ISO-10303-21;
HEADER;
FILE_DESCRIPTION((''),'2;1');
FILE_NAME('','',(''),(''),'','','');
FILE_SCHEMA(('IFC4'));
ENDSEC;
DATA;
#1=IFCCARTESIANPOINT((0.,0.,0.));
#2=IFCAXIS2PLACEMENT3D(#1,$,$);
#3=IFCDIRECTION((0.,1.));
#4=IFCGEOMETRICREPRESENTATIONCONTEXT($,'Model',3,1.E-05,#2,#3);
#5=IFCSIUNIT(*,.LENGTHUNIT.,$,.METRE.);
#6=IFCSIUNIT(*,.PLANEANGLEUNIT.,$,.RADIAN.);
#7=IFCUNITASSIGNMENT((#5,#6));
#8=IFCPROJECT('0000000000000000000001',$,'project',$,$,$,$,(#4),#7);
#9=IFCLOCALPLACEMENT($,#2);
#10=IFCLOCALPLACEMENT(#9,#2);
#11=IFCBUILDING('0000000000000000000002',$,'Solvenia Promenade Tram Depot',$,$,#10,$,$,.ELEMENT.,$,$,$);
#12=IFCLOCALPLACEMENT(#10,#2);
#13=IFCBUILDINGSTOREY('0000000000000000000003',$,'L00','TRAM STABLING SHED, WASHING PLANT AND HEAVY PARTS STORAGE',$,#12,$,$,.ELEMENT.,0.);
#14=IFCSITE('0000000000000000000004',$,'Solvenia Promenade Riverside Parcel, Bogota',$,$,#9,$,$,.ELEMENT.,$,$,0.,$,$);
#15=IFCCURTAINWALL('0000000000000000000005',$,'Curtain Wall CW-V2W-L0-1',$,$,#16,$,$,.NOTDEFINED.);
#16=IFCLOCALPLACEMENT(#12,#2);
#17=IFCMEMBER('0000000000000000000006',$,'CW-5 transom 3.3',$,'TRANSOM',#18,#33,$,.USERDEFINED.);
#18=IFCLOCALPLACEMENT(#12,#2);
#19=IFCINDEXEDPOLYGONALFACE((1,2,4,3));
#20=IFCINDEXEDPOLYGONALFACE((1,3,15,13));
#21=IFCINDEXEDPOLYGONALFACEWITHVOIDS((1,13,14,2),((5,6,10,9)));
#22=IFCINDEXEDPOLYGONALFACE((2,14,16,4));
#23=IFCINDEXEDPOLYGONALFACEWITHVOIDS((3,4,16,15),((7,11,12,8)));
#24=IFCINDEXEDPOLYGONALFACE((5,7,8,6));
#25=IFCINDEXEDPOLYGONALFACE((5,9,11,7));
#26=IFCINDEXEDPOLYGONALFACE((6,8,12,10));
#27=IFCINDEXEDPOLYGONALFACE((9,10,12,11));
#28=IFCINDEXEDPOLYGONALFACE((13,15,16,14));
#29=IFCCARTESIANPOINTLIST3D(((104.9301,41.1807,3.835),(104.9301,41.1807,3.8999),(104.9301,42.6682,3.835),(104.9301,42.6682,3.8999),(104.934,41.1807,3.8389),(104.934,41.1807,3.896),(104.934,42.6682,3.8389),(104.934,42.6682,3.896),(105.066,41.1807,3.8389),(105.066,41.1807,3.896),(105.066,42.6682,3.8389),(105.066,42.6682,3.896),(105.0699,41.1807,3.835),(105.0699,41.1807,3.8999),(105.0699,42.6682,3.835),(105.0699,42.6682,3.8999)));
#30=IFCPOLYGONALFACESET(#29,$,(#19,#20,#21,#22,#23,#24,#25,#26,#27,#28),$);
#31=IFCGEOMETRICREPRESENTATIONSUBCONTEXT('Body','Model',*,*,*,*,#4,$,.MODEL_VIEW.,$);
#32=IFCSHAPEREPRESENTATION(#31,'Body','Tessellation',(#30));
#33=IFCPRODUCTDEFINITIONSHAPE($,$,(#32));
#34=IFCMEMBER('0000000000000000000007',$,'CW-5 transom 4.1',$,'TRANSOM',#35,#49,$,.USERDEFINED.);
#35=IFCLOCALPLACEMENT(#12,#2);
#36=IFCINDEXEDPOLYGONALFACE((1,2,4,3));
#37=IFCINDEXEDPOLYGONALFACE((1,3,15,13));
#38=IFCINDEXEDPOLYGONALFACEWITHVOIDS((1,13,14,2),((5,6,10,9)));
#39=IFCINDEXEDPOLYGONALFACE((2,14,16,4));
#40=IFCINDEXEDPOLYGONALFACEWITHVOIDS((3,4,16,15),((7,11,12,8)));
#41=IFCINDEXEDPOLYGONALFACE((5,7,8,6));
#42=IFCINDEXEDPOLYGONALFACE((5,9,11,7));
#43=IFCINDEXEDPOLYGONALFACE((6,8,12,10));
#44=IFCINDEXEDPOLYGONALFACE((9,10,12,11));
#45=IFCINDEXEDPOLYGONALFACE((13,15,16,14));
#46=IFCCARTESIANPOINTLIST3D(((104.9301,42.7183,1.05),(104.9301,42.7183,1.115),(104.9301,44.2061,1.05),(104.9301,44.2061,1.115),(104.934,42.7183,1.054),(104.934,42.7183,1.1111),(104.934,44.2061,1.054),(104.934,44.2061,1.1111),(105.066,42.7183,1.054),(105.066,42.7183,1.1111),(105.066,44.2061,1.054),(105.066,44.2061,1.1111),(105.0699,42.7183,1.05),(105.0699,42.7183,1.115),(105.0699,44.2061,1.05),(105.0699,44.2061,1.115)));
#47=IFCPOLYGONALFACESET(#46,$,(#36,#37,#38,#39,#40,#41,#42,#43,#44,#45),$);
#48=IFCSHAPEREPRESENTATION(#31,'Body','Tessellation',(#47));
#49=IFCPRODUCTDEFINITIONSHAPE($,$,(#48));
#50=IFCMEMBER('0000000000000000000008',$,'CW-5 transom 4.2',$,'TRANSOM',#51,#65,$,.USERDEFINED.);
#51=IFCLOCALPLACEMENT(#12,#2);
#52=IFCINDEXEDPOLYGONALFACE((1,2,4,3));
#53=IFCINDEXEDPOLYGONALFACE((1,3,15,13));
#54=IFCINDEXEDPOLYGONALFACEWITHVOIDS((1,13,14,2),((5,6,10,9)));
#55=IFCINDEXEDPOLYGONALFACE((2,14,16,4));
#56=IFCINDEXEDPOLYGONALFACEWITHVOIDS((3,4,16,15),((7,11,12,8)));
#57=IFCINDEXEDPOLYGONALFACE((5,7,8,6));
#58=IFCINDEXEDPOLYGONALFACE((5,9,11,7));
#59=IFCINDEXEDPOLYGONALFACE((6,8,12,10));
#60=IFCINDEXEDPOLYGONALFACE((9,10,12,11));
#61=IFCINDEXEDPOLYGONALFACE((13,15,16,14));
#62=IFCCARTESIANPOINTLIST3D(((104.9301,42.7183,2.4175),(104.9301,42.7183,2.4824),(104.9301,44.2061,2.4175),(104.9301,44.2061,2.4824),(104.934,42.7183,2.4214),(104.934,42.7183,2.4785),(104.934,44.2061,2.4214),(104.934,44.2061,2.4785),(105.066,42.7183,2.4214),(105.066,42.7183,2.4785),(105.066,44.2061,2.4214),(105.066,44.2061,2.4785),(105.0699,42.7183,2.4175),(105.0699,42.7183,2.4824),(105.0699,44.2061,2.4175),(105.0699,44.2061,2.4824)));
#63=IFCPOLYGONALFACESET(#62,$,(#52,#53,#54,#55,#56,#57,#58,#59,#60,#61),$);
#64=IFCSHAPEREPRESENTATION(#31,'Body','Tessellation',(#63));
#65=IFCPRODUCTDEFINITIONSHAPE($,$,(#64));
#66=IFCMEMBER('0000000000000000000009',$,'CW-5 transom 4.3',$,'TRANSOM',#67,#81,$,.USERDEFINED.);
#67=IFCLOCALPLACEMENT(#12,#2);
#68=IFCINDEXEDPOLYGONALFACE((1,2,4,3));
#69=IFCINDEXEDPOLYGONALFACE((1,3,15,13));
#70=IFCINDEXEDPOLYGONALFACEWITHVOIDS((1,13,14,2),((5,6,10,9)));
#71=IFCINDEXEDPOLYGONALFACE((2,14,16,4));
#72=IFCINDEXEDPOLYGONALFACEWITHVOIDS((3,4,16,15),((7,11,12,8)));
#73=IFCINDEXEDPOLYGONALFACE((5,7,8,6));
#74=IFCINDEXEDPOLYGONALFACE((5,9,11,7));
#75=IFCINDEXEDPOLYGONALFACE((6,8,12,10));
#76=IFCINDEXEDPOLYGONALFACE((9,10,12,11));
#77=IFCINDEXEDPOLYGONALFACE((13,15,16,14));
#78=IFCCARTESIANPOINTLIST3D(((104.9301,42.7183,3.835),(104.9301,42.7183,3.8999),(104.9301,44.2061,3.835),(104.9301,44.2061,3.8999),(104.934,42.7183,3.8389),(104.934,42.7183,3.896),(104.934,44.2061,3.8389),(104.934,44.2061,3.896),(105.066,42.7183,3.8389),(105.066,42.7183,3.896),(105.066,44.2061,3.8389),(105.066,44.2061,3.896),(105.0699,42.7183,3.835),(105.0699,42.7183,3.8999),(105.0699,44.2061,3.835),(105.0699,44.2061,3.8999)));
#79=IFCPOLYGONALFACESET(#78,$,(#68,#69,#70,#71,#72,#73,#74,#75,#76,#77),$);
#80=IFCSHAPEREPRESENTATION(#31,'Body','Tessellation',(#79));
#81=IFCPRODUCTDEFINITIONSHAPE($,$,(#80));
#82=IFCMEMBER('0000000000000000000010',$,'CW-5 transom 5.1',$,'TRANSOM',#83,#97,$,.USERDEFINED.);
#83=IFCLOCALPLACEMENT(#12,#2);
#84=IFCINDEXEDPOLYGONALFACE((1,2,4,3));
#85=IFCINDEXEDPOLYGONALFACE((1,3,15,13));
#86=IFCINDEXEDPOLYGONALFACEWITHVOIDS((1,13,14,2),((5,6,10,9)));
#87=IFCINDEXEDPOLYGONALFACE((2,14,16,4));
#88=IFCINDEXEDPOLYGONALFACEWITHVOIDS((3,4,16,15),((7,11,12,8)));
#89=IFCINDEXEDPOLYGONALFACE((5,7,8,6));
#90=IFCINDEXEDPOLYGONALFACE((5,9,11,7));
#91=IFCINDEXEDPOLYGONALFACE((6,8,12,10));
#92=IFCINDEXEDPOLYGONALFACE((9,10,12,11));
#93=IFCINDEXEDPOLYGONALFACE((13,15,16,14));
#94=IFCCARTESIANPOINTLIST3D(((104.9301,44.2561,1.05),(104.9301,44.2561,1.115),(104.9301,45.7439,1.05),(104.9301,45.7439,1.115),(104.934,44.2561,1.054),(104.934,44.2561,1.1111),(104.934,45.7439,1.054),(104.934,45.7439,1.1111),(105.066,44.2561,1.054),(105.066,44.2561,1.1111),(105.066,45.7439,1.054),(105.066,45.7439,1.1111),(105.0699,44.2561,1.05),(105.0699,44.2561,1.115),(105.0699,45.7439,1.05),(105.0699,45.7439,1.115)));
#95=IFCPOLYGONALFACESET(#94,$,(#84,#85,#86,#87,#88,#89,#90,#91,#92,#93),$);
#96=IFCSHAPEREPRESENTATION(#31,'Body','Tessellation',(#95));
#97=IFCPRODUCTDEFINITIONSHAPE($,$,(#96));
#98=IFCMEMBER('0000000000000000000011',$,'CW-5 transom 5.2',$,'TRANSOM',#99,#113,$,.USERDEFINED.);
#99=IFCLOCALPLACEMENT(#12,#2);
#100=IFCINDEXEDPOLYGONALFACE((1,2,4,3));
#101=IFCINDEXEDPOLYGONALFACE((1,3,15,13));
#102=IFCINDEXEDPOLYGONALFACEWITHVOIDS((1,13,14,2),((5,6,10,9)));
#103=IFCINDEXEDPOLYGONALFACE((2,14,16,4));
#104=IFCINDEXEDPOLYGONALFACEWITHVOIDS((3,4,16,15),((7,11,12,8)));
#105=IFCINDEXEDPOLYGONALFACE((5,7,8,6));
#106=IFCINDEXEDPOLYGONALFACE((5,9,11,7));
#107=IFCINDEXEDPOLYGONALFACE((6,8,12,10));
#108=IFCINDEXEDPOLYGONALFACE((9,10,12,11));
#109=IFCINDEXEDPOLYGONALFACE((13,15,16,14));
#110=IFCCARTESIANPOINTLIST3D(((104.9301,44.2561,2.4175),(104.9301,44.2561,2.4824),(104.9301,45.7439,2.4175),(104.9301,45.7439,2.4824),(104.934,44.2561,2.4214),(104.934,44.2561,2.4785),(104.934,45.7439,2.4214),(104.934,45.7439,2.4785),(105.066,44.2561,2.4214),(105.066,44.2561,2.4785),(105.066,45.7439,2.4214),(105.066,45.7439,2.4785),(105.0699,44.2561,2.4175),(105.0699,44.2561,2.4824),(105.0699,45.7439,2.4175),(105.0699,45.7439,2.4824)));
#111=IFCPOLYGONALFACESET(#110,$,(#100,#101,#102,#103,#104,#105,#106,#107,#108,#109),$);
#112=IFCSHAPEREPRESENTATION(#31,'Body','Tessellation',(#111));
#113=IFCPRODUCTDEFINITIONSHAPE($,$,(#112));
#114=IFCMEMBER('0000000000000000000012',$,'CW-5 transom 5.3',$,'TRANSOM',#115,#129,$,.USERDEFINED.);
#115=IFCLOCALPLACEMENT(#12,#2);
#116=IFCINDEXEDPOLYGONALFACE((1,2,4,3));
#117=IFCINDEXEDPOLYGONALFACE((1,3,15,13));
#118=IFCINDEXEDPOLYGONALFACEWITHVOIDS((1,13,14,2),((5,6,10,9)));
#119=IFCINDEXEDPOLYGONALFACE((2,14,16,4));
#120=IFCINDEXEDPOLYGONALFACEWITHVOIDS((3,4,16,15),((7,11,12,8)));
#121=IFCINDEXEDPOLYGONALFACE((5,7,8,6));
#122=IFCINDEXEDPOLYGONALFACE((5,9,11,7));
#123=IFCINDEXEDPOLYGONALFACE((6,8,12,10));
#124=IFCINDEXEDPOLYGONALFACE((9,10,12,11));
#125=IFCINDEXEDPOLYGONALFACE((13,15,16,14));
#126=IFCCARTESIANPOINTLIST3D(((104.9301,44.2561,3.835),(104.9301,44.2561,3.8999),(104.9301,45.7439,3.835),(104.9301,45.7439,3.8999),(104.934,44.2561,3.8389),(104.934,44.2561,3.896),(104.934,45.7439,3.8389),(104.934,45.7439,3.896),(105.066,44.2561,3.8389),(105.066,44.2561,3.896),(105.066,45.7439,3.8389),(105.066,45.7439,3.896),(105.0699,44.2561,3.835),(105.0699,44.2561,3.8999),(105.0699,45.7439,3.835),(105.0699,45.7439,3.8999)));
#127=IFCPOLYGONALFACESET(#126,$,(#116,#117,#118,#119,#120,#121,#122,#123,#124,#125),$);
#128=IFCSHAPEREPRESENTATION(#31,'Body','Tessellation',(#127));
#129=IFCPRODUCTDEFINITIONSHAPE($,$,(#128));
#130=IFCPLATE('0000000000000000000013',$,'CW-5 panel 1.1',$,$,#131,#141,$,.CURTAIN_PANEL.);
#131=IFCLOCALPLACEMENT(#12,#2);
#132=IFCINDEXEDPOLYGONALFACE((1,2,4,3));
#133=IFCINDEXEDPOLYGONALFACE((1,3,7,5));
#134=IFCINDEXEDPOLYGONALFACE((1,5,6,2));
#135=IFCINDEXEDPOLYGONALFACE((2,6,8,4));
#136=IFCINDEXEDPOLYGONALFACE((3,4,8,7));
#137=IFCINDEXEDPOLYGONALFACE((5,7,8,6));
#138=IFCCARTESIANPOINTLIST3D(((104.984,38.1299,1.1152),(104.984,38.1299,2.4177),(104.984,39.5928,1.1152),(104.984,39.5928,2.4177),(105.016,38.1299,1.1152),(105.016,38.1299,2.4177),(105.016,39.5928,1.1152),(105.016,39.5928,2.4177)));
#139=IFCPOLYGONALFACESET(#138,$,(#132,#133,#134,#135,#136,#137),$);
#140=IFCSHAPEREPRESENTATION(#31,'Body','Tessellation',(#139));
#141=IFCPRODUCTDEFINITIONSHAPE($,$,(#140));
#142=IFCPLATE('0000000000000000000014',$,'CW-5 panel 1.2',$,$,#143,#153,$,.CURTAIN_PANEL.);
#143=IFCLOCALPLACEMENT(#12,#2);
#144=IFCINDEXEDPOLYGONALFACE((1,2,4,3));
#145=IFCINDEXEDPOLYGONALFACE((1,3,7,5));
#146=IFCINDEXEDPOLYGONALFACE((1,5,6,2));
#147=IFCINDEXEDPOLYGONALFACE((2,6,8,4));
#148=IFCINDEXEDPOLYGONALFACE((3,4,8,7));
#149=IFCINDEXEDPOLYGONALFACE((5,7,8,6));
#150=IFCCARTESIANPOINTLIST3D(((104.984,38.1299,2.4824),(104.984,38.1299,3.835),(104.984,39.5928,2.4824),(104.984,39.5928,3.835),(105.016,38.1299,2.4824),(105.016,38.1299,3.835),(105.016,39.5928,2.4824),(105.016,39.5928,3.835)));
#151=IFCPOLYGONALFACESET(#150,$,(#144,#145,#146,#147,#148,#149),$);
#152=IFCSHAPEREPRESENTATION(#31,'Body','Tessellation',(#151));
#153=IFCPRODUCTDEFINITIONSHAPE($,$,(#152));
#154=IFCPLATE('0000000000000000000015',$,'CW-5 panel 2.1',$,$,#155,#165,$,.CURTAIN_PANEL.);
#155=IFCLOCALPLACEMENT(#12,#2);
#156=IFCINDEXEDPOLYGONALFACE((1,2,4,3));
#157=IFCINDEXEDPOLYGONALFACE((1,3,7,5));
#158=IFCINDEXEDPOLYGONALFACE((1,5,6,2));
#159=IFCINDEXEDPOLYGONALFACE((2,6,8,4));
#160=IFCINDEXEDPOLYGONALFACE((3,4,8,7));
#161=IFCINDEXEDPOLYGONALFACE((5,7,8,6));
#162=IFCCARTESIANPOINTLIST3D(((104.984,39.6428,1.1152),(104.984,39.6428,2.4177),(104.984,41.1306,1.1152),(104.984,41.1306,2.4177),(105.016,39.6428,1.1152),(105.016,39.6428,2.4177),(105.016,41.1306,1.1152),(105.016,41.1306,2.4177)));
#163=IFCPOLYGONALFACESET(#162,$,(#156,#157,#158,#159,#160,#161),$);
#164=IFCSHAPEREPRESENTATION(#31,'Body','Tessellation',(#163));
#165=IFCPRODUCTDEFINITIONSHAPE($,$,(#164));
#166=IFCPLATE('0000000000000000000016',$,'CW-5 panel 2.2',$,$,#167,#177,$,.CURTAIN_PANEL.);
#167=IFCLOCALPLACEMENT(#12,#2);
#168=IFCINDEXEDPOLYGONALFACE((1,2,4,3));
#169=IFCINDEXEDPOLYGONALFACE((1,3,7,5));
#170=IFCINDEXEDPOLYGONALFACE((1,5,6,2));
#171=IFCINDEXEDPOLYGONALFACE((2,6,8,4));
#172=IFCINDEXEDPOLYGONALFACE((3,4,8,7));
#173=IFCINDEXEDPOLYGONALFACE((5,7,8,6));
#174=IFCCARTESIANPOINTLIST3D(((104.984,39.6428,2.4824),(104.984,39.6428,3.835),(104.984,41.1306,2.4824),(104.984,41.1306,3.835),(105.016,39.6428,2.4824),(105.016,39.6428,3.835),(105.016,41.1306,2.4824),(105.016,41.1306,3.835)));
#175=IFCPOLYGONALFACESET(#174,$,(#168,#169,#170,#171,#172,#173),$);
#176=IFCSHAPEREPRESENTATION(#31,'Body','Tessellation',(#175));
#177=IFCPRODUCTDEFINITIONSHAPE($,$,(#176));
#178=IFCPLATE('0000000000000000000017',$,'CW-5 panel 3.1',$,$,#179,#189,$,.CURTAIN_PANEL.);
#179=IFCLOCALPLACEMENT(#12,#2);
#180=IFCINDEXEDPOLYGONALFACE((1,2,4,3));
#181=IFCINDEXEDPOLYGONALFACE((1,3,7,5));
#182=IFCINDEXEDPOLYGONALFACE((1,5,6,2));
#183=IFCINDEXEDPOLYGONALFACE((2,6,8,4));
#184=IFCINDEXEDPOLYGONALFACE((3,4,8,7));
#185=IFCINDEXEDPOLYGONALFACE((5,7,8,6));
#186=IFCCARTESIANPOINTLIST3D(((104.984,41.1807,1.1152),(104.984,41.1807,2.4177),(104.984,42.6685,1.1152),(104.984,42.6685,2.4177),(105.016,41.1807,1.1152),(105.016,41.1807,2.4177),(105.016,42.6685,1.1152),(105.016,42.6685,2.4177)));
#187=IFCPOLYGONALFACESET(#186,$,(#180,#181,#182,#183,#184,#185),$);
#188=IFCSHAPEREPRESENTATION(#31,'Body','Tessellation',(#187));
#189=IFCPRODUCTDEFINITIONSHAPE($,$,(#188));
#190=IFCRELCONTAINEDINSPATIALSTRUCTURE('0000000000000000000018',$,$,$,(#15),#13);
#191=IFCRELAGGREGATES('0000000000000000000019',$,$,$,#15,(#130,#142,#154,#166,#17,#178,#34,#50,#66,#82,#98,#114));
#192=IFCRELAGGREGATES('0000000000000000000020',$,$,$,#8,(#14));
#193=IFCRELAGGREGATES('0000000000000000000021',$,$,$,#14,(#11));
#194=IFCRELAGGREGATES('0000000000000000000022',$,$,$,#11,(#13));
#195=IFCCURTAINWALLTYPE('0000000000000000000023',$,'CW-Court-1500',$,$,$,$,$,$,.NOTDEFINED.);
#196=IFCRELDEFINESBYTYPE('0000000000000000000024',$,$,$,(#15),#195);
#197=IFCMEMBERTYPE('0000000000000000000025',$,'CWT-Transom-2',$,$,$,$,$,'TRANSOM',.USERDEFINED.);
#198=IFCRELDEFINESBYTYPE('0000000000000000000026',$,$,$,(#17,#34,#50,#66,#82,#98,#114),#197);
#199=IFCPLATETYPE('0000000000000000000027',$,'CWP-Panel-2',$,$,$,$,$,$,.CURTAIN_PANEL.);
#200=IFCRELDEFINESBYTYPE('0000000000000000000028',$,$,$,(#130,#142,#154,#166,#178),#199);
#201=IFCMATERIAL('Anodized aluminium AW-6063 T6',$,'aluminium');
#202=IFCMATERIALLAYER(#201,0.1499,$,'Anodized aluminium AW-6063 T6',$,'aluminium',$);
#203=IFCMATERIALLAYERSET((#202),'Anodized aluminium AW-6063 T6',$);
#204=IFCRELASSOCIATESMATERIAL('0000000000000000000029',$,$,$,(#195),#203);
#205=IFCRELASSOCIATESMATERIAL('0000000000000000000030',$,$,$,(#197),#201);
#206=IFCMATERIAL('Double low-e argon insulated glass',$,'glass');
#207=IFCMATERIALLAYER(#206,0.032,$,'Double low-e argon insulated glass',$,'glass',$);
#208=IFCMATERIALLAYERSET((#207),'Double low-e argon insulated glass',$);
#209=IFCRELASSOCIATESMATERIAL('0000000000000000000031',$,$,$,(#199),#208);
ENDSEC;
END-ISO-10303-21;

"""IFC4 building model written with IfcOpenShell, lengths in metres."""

from ifc_helpers import new_model, si_unit, direction, frame, origin, origin_2d, place, context, subcontext, project, spatial, rectangle, hollow_rectangle, extrude, material, layer, layer_set, material_profile, profile_set, type_object, element, aggregate, save


model = new_model("IFC4")

# Units and contexts
model_context = context("Model", 3, precision=1e-05, world=origin(), true_north=direction((0.0, 1.0)))
body_context = subcontext(model_context, "Body", "Model", "MODEL_VIEW")
ifc_project = project(units=[si_unit("LENGTHUNIT", "METRE"), si_unit("PLANEANGLEUNIT", "RADIAN")], contexts=[model_context])

# Site, building, storey
site_placement = place(None, origin())
site = spatial("IfcSite", under=ifc_project, at=site_placement, Name="Solvenia Promenade Riverside Parcel, Bogota", CompositionType="ELEMENT", RefElevation=0.0)
building_placement = place(site_placement, origin())
building = spatial("IfcBuilding", under=site, at=building_placement, Name="Solvenia Promenade Tram Depot", CompositionType="ELEMENT")
storey_placement = place(building_placement, origin())
storey = spatial("IfcBuildingStorey", under=building, at=storey_placement, Name="L00", Description="TRAM STABLING SHED, WASHING PLANT AND HEAVY PARTS STORAGE", CompositionType="ELEMENT", Elevation=0.0)

# Curtain wall, members, plates
ifc_material_1 = material(Name="Anodized aluminium AW-6063 T6", Category="aluminium")
ifc_layer_1 = layer(ifc_material_1, 0.1499, Name="Anodized aluminium AW-6063 T6", Category="aluminium")
ifc_layer_set_1 = layer_set([ifc_layer_1], Name="Anodized aluminium AW-6063 T6")
curtain_wall_type = type_object("IfcCurtainWallType", Name="CW-Court-1500", PredefinedType="NOTDEFINED", material=ifc_layer_set_1)
curtain_wall_placement = place(storey_placement, origin())
curtain_wall = element("IfcCurtainWall", 1, at=curtain_wall_placement, inside=storey, type_object=curtain_wall_type, Name="Curtain Wall CW-V2W-L0-1", PredefinedType="NOTDEFINED")
ifc_material_profile_1 = material_profile(ifc_material_1, hollow_rectangle(XDim=0.1399, YDim=0.0649, WallThickness=0.0039, at=origin_2d()), Name="ALU-T2", Category="aluminium")
ifc_profile_set_1 = profile_set([ifc_material_profile_1], Name="Anodized aluminium AW-6063 T6")
member_type_1 = type_object("IfcMemberType", Name="CWT-Transom-2", ElementType="TRANSOM", PredefinedType="USERDEFINED", material=ifc_profile_set_1)
member_1_placement = place(storey_placement, frame((105.0, 41.1807, 3.8674), z_axis=(0.0, 1.0, 0.0), x_axis=(-1.0, 0.0, 0.0)))
member_1 = element("IfcMember", 2, at=member_1_placement, type_object=member_type_1, Name="CW-5 transom 3.3", ObjectType="TRANSOM", PredefinedType="USERDEFINED", context=body_context, shape_type="SweptSolid", body=[
    extrude(hollow_rectangle(XDim=0.1399, YDim=0.0649, WallThickness=0.0039, at=origin_2d()), origin(), (0.0, 0.0, 1.0), 1.4875),
])
member_2_placement = place(storey_placement, frame((105.0, 42.7183, 1.0825), z_axis=(0.0, 1.0, 0.0), x_axis=(-1.0, 0.0, 0.0)))
member_2 = element("IfcMember", 3, at=member_2_placement, type_object=member_type_1, Name="CW-5 transom 4.1", ObjectType="TRANSOM", PredefinedType="USERDEFINED", context=body_context, shape_type="SweptSolid", body=[
    extrude(hollow_rectangle(XDim=0.1399, YDim=0.0649, WallThickness=0.0039, at=origin_2d()), origin(), (0.0, 0.0, 1.0), 1.4878),
])
member_3_placement = place(storey_placement, frame((105.0, 42.7183, 2.45), z_axis=(0.0, 1.0, 0.0), x_axis=(-1.0, 0.0, 0.0)))
member_3 = element("IfcMember", 4, at=member_3_placement, type_object=member_type_1, Name="CW-5 transom 4.2", ObjectType="TRANSOM", PredefinedType="USERDEFINED", context=body_context, shape_type="SweptSolid", body=[
    extrude(hollow_rectangle(XDim=0.1399, YDim=0.0649, WallThickness=0.0039, at=origin_2d()), origin(), (0.0, 0.0, 1.0), 1.4878),
])
member_4_placement = place(storey_placement, frame((105.0, 42.7183, 3.8674), z_axis=(0.0, 1.0, 0.0), x_axis=(-1.0, 0.0, 0.0)))
member_4 = element("IfcMember", 5, at=member_4_placement, type_object=member_type_1, Name="CW-5 transom 4.3", ObjectType="TRANSOM", PredefinedType="USERDEFINED", context=body_context, shape_type="SweptSolid", body=[
    extrude(hollow_rectangle(XDim=0.1399, YDim=0.0649, WallThickness=0.0039, at=origin_2d()), origin(), (0.0, 0.0, 1.0), 1.4878),
])
member_5_placement = place(storey_placement, frame((105.0, 44.2561, 1.0825), z_axis=(0.0, 1.0, 0.0), x_axis=(-1.0, 0.0, 0.0)))
member_5 = element("IfcMember", 6, at=member_5_placement, type_object=member_type_1, Name="CW-5 transom 5.1", ObjectType="TRANSOM", PredefinedType="USERDEFINED", context=body_context, shape_type="SweptSolid", body=[
    extrude(hollow_rectangle(XDim=0.1399, YDim=0.0649, WallThickness=0.0039, at=origin_2d()), origin(), (0.0, 0.0, 1.0), 1.4878),
])
member_6_placement = place(storey_placement, frame((105.0, 44.2561, 2.45), z_axis=(0.0, 1.0, 0.0), x_axis=(-1.0, 0.0, 0.0)))
member_6 = element("IfcMember", 7, at=member_6_placement, type_object=member_type_1, Name="CW-5 transom 5.2", ObjectType="TRANSOM", PredefinedType="USERDEFINED", context=body_context, shape_type="SweptSolid", body=[
    extrude(hollow_rectangle(XDim=0.1399, YDim=0.0649, WallThickness=0.0039, at=origin_2d()), origin(), (0.0, 0.0, 1.0), 1.4878),
])
member_7_placement = place(storey_placement, frame((105.0, 44.2561, 3.8674), z_axis=(0.0, 1.0, 0.0), x_axis=(-1.0, 0.0, 0.0)))
member_7 = element("IfcMember", 8, at=member_7_placement, type_object=member_type_1, Name="CW-5 transom 5.3", ObjectType="TRANSOM", PredefinedType="USERDEFINED", context=body_context, shape_type="SweptSolid", body=[
    extrude(hollow_rectangle(XDim=0.1399, YDim=0.0649, WallThickness=0.0039, at=origin_2d()), origin(), (0.0, 0.0, 1.0), 1.4878),
])
ifc_material_2 = material(Name="Double low-e argon insulated glass", Category="glass")
ifc_layer_2 = layer(ifc_material_2, 0.032, Name="Double low-e argon insulated glass", Category="glass")
ifc_layer_set_2 = layer_set([ifc_layer_2], Name="Double low-e argon insulated glass")
plate_type = type_object("IfcPlateType", Name="CWP-Panel-2", PredefinedType="CURTAIN_PANEL", material=ifc_layer_set_2)
plate_1_placement = place(storey_placement, frame((105.0, 38.8613, 1.1152), z_axis=(0.0, 0.0, 1.0), x_axis=(0.0, 1.0, 0.0)))
plate_1 = element("IfcPlate", 9, at=plate_1_placement, type_object=plate_type, Name="CW-5 panel 1.1", PredefinedType="CURTAIN_PANEL", context=body_context, shape_type="SweptSolid", body=[
    extrude(rectangle(XDim=1.4629, YDim=0.032, at=origin_2d()), origin(), (0.0, 0.0, 1.0), 1.3025),
])
plate_2_placement = place(storey_placement, frame((105.0, 38.8613, 2.4824), z_axis=(0.0, 0.0, 1.0), x_axis=(0.0, 1.0, 0.0)))
plate_2 = element("IfcPlate", 10, at=plate_2_placement, type_object=plate_type, Name="CW-5 panel 1.2", PredefinedType="CURTAIN_PANEL", context=body_context, shape_type="SweptSolid", body=[
    extrude(rectangle(XDim=1.4629, YDim=0.032, at=origin_2d()), origin(), (0.0, 0.0, 1.0), 1.3525),
])
plate_3_placement = place(storey_placement, frame((105.0, 40.3867, 1.1152), z_axis=(0.0, 0.0, 1.0), x_axis=(0.0, 1.0, 0.0)))
plate_3 = element("IfcPlate", 11, at=plate_3_placement, type_object=plate_type, Name="CW-5 panel 2.1", PredefinedType="CURTAIN_PANEL", context=body_context, shape_type="SweptSolid", body=[
    extrude(rectangle(XDim=1.4878, YDim=0.032, at=origin_2d()), origin(), (0.0, 0.0, 1.0), 1.3025),
])
plate_4_placement = place(storey_placement, frame((105.0, 40.3867, 2.4824), z_axis=(0.0, 0.0, 1.0), x_axis=(0.0, 1.0, 0.0)))
plate_4 = element("IfcPlate", 12, at=plate_4_placement, type_object=plate_type, Name="CW-5 panel 2.2", PredefinedType="CURTAIN_PANEL", context=body_context, shape_type="SweptSolid", body=[
    extrude(rectangle(XDim=1.4878, YDim=0.032, at=origin_2d()), origin(), (0.0, 0.0, 1.0), 1.3525),
])
plate_5_placement = place(storey_placement, frame((105.0, 41.9246, 1.1152), z_axis=(0.0, 0.0, 1.0), x_axis=(0.0, 1.0, 0.0)))
plate_5 = element("IfcPlate", 13, at=plate_5_placement, type_object=plate_type, Name="CW-5 panel 3.1", PredefinedType="CURTAIN_PANEL", context=body_context, shape_type="SweptSolid", body=[
    extrude(rectangle(XDim=1.4878, YDim=0.032, at=origin_2d()), origin(), (0.0, 0.0, 1.0), 1.3025),
])
aggregate(curtain_wall, [plate_1, plate_2, plate_3, plate_4, member_1, plate_5, member_2, member_3, member_4, member_5, member_6, member_7])

save(model, "model.ifc")
